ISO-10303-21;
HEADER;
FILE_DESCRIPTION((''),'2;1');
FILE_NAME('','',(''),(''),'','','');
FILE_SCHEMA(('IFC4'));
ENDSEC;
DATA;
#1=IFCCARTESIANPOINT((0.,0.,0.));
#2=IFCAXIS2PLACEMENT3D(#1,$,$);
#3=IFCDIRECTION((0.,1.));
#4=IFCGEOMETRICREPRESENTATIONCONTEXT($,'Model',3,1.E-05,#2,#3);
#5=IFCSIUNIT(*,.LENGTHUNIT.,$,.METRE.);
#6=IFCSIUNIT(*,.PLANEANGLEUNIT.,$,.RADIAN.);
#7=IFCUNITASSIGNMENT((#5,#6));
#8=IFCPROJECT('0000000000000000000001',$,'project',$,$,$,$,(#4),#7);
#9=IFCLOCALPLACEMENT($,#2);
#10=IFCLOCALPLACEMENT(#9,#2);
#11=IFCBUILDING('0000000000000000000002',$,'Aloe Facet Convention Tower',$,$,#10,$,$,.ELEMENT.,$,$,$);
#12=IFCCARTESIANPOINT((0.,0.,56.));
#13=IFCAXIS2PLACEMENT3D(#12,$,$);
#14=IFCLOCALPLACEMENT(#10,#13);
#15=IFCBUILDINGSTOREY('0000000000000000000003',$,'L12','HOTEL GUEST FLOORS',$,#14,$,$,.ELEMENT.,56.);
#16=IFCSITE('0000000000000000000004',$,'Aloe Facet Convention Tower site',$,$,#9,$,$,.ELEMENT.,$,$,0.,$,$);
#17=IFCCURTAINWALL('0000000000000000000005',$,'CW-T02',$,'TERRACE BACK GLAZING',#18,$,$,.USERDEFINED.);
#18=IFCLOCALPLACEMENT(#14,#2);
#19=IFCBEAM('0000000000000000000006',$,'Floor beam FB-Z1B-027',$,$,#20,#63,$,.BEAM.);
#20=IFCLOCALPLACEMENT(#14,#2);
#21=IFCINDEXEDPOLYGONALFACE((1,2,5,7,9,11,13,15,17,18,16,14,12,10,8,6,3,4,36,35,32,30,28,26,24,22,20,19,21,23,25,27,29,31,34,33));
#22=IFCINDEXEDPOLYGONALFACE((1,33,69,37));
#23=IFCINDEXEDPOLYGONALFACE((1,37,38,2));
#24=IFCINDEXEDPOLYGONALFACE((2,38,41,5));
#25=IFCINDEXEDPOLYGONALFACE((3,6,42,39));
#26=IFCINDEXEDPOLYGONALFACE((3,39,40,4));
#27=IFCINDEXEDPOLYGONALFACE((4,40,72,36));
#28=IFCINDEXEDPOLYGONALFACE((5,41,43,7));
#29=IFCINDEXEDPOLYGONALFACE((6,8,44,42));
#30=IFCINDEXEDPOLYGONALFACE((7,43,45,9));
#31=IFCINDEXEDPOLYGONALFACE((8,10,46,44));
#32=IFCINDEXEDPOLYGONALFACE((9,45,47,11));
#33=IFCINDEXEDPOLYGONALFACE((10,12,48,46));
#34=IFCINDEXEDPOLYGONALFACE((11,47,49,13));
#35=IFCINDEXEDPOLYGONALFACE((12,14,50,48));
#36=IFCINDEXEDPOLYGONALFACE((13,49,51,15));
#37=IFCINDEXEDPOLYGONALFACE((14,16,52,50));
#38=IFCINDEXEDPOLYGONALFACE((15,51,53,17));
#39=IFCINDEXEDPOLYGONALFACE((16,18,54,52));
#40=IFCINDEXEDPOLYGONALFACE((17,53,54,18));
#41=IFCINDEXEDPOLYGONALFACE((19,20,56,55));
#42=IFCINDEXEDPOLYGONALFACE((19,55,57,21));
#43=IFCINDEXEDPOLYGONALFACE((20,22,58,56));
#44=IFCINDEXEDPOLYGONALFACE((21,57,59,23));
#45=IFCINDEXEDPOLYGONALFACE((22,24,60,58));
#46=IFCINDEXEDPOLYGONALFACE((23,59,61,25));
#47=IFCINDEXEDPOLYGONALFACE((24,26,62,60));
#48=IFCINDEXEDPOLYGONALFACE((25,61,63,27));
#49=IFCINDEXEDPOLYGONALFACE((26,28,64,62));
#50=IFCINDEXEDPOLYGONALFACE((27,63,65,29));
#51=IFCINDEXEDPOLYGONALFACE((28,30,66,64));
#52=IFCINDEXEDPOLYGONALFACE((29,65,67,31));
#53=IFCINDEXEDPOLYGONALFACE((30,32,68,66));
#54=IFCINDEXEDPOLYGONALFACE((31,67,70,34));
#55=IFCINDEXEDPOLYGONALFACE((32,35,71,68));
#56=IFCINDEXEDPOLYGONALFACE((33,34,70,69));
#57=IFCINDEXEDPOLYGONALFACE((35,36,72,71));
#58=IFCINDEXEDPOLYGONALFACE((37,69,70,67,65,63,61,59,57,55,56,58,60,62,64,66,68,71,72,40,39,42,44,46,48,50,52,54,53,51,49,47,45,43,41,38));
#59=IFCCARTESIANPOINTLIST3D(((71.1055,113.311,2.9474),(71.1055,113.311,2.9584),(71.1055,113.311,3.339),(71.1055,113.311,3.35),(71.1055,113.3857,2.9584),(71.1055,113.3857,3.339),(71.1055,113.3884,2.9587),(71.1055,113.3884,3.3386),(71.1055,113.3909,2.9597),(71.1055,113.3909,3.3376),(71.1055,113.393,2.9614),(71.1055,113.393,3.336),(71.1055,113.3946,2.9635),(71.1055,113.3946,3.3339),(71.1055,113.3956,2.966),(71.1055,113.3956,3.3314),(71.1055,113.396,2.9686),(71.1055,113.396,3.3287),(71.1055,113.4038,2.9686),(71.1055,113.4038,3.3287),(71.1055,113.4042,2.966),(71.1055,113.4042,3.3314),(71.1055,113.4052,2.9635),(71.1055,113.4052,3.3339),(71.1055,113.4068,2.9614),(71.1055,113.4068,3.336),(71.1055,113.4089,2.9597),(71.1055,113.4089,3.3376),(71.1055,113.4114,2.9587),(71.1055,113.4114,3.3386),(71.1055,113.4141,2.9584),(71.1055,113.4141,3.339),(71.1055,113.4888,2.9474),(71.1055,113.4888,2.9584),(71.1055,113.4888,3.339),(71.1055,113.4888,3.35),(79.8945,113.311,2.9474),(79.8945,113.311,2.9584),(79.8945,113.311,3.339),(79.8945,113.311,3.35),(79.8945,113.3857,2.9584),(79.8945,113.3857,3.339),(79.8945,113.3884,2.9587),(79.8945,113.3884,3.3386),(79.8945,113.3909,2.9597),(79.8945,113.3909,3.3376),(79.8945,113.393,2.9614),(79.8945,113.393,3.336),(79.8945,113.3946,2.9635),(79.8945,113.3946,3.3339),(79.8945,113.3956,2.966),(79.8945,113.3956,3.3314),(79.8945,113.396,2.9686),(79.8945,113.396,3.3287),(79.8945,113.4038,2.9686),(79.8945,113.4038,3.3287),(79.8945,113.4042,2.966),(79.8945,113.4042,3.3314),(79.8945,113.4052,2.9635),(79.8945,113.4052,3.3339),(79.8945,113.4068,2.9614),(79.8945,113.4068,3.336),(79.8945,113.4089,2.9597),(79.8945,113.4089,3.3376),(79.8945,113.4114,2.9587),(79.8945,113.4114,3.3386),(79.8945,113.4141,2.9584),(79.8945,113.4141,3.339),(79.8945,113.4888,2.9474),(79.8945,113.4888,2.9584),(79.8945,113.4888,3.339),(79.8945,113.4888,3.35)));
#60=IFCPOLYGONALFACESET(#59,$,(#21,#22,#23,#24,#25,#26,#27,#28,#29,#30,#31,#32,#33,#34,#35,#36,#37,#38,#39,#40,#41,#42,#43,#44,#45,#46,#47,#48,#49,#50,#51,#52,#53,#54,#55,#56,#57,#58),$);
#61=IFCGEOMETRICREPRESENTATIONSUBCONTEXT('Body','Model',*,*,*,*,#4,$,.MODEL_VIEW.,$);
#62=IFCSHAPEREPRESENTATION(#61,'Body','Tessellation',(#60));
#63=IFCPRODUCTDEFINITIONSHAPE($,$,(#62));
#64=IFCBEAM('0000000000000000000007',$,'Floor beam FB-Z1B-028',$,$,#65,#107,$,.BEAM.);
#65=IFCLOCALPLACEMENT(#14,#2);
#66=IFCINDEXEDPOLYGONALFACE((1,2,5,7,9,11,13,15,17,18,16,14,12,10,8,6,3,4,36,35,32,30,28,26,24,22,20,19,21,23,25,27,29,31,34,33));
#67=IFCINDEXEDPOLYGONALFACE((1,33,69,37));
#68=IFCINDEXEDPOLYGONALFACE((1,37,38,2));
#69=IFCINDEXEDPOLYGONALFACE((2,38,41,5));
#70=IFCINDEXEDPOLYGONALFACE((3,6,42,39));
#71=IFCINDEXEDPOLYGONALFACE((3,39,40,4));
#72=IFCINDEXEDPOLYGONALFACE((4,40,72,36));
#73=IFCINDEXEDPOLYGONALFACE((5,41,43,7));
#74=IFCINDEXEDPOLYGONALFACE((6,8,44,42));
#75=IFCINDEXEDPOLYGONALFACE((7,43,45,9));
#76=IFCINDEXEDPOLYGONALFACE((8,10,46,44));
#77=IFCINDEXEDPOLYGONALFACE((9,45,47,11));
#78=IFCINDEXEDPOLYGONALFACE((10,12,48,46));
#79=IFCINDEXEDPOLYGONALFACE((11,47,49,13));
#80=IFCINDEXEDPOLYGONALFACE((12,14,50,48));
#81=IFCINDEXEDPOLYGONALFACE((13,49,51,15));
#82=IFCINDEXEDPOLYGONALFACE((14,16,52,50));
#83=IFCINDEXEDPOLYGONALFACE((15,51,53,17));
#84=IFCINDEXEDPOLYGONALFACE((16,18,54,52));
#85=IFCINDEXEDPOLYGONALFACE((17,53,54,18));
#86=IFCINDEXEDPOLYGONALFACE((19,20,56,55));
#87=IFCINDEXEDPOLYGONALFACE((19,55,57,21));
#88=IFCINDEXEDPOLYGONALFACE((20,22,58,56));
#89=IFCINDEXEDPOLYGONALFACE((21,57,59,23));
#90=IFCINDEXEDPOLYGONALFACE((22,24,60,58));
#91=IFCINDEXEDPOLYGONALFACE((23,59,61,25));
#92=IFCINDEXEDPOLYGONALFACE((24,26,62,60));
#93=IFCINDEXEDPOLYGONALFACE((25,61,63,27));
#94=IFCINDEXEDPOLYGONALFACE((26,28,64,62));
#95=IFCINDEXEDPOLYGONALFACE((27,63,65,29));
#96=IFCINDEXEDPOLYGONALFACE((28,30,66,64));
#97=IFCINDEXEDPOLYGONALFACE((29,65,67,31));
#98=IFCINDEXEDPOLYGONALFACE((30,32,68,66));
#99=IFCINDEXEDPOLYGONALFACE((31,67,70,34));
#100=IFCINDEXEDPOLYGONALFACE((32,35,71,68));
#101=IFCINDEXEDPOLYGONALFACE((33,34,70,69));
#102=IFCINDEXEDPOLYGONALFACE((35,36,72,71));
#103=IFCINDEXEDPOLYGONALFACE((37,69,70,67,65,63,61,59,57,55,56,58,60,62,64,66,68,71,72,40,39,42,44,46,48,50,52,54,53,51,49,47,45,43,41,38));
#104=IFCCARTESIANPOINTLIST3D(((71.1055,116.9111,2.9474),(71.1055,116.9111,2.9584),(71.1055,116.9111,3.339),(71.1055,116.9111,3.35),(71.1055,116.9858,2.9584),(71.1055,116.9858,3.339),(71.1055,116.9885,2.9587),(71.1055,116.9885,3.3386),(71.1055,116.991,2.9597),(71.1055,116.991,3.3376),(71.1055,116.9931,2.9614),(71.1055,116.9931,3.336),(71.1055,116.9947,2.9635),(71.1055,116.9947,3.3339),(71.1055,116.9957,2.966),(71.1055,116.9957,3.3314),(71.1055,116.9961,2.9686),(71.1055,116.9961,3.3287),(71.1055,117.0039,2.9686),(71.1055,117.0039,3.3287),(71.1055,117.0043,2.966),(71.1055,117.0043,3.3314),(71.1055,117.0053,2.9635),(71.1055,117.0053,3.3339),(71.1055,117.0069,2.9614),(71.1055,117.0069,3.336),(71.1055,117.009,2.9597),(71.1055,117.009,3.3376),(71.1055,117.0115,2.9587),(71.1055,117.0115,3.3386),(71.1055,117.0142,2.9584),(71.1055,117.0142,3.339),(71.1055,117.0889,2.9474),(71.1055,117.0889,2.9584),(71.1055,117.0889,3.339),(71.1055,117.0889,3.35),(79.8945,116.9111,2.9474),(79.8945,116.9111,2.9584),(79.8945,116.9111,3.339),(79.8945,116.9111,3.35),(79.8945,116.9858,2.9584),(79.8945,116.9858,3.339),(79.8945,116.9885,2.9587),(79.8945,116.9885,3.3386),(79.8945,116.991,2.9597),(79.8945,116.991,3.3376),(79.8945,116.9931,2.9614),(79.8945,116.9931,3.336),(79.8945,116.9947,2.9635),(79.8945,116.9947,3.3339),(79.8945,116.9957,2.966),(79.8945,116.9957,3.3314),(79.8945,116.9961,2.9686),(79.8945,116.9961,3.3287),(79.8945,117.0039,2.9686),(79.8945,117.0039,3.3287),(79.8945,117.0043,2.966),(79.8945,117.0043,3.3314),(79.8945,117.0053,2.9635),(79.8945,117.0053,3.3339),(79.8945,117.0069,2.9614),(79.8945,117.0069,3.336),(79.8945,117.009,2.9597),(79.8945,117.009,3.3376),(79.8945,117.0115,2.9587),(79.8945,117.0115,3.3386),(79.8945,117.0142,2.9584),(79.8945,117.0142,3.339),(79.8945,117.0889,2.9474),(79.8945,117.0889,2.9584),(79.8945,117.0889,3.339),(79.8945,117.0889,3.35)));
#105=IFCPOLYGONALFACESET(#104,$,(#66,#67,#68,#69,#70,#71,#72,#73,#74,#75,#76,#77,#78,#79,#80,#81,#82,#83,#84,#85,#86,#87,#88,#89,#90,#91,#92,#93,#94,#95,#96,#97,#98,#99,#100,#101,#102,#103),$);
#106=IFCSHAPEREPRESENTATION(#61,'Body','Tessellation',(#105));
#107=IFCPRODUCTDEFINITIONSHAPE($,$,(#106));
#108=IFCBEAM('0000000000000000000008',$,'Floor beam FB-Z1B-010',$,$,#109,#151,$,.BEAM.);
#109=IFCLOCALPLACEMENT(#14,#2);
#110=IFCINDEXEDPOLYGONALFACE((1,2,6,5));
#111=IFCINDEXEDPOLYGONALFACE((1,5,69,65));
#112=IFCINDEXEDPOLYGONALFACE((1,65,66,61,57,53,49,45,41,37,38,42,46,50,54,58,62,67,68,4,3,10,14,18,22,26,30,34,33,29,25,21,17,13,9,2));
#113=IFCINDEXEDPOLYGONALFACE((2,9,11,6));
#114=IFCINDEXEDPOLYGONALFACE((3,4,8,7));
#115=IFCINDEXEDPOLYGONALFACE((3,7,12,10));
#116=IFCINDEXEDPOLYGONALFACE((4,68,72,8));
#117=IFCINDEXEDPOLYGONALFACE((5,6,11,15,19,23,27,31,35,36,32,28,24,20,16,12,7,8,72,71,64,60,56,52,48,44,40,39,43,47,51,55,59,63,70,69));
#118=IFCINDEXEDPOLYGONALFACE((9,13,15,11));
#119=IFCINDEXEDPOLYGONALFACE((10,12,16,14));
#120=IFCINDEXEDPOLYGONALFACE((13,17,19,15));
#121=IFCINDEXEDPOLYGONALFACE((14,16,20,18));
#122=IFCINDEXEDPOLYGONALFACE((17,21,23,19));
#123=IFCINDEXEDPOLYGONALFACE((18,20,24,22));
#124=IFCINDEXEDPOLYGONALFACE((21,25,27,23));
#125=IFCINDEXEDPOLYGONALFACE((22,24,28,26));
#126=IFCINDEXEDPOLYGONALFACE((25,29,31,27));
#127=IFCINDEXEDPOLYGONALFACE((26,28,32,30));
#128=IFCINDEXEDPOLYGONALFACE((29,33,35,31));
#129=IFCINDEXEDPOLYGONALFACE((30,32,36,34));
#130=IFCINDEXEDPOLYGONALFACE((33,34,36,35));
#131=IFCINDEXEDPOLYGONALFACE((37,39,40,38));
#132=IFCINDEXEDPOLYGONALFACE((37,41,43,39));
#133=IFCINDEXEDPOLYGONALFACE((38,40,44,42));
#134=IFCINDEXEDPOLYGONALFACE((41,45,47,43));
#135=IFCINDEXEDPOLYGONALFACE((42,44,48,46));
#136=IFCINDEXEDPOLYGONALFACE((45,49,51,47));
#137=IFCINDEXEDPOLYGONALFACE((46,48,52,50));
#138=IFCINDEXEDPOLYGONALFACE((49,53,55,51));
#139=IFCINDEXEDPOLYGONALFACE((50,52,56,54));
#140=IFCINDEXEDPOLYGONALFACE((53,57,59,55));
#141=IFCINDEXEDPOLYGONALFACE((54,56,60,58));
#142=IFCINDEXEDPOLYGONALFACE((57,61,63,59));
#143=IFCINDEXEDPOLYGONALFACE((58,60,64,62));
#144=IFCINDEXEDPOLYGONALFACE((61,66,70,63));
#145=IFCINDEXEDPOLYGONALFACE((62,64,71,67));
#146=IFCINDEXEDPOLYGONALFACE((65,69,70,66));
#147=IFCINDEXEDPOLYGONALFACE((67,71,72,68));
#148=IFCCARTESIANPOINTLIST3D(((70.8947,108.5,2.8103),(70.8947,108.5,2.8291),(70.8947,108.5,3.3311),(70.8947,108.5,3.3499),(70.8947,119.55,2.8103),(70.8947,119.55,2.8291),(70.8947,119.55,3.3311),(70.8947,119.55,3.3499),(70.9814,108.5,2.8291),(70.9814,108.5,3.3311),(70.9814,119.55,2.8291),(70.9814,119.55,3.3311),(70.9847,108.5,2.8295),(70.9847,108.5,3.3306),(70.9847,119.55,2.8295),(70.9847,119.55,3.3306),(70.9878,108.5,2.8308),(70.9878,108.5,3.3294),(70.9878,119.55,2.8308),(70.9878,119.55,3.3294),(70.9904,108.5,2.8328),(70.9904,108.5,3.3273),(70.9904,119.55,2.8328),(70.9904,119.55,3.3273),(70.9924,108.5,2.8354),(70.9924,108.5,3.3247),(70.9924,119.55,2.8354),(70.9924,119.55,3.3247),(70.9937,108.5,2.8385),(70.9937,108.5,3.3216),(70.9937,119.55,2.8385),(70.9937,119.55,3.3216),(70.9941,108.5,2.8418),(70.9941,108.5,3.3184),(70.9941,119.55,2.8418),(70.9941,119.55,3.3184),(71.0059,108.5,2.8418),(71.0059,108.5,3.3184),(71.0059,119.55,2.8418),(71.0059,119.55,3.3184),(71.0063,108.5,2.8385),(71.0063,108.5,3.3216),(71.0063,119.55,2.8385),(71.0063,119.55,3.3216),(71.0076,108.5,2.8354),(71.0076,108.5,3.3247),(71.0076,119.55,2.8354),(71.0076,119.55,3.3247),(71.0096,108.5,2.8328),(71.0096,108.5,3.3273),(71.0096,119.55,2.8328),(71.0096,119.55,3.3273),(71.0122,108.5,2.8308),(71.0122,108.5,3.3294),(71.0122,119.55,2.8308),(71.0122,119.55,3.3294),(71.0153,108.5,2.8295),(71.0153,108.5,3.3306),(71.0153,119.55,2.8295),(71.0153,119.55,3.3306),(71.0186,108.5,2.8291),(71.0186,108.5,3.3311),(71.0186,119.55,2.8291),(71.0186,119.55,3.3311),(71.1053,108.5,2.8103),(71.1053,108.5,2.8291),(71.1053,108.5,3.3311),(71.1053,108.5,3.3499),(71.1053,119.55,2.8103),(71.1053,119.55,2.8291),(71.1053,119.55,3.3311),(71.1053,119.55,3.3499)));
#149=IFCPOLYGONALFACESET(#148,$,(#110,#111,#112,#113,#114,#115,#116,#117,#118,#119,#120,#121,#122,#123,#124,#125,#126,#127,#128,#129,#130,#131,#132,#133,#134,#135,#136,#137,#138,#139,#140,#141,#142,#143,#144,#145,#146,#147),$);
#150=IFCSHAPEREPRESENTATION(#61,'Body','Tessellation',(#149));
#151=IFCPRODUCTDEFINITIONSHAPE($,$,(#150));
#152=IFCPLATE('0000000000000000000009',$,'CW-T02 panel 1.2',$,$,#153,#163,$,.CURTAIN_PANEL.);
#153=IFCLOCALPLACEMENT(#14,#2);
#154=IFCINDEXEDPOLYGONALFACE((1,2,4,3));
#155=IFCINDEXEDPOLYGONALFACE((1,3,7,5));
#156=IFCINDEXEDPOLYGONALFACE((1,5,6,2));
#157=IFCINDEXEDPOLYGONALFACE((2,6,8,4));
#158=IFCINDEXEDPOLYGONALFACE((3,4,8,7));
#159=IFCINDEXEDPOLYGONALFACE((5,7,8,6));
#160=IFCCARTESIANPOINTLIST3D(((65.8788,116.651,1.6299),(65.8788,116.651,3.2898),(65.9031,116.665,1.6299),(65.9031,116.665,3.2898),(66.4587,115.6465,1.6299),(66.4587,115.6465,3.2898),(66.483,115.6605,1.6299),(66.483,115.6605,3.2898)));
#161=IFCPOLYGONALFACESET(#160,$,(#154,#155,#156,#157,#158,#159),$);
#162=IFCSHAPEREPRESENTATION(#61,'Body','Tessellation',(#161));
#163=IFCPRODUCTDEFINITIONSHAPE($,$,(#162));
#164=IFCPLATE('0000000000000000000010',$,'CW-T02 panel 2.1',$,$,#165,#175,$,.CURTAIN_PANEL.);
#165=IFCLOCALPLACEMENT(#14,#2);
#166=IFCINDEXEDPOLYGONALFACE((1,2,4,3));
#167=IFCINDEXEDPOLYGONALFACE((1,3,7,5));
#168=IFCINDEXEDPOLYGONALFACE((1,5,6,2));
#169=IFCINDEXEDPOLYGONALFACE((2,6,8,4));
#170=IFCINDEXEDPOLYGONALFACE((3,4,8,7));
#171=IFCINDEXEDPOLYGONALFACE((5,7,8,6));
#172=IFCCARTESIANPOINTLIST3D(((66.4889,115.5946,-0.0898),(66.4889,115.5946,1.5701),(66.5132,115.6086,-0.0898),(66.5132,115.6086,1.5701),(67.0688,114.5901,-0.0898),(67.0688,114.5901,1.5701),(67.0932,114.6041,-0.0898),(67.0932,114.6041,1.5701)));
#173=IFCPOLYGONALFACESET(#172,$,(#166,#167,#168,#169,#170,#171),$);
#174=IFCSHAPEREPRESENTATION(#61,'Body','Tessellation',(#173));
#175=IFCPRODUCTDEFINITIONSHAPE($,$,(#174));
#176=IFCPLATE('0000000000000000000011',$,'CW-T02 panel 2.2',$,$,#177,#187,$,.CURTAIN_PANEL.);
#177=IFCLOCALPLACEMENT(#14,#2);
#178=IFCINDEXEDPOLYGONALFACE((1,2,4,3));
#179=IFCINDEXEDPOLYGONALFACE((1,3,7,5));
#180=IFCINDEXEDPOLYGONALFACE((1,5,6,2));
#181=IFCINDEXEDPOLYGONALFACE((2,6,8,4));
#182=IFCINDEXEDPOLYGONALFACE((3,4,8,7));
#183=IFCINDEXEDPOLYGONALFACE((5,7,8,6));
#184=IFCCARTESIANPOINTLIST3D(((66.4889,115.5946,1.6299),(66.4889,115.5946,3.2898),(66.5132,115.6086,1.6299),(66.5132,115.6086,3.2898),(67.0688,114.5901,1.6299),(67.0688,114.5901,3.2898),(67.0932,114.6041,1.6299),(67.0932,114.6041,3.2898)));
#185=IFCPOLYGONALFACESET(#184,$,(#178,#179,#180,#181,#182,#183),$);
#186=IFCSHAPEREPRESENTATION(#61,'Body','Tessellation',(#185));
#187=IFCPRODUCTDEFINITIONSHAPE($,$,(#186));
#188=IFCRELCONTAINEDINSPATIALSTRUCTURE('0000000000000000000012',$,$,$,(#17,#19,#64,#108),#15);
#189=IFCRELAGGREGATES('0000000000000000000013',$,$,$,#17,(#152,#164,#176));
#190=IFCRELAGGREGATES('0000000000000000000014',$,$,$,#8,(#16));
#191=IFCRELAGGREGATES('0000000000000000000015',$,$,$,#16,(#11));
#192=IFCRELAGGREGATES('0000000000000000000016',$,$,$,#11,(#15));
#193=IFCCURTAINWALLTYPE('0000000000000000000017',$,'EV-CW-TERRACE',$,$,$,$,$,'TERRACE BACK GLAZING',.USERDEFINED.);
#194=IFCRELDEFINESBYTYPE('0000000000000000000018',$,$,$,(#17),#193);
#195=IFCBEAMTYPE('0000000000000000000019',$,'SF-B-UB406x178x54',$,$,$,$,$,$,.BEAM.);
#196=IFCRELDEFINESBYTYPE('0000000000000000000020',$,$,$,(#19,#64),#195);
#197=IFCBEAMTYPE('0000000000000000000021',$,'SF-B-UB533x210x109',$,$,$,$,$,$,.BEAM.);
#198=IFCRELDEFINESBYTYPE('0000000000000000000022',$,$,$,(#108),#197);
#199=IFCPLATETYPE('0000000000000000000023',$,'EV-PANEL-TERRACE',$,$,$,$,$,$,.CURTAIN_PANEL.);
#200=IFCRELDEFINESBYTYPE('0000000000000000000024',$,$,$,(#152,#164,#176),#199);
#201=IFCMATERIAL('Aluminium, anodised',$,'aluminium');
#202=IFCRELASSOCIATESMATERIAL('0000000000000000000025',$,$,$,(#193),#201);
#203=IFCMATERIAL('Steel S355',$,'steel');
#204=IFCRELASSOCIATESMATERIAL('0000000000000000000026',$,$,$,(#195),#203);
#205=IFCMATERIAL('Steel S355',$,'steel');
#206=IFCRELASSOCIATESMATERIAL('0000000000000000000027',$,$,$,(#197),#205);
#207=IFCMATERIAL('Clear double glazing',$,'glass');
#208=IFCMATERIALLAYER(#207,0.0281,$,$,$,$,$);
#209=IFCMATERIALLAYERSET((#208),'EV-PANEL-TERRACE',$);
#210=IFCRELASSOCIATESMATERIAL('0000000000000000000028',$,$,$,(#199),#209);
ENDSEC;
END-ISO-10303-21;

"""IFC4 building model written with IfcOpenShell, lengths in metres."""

from ifc_helpers import new_model, si_unit, direction, frame, origin, origin_2d, place, context, subcontext, project, spatial, rectangle, i_section, extrude, material, layer, layer_set, material_profile, profile_set, type_object, element, aggregate, save


model = new_model("IFC4")

# Units and contexts
model_context = context("Model", 3, precision=1e-05, world=origin(), true_north=direction((0.0, 1.0)))
body_context = subcontext(model_context, "Body", "Model", "MODEL_VIEW")
ifc_project = project(units=[si_unit("LENGTHUNIT", "METRE"), si_unit("PLANEANGLEUNIT", "RADIAN")], contexts=[model_context])

# Site, building, storey
site_placement = place(None, origin())
site = spatial("IfcSite", under=ifc_project, at=site_placement, Name="Aloe Facet Convention Tower site", CompositionType="ELEMENT", RefElevation=0.0)
building_placement = place(site_placement, origin())
building = spatial("IfcBuilding", under=site, at=building_placement, Name="Aloe Facet Convention Tower", CompositionType="ELEMENT")
storey_placement = place(building_placement, frame((0.0, 0.0, 56.0)))
storey = spatial("IfcBuildingStorey", under=building, at=storey_placement, Name="L12", Description="HOTEL GUEST FLOORS", CompositionType="ELEMENT", Elevation=56.0)

# Curtain wall
ifc_material_1 = material(Name="Aluminium, anodised", Category="aluminium")
curtain_wall_type = type_object("IfcCurtainWallType", Name="EV-CW-TERRACE", ElementType="TERRACE BACK GLAZING", PredefinedType="USERDEFINED", material=ifc_material_1)
curtain_wall_placement = place(storey_placement, origin())
curtain_wall = element("IfcCurtainWall", 1, at=curtain_wall_placement, inside=storey, type_object=curtain_wall_type, Name="CW-T02", ObjectType="TERRACE BACK GLAZING", PredefinedType="USERDEFINED")

# Beams
ifc_material_2 = material(Name="Steel S355", Category="steel")
ifc_material_profile_1 = material_profile(ifc_material_2, i_section(OverallWidth=0.1777, OverallDepth=0.4026, WebThickness=0.0078, FlangeThickness=0.011, FilletRadius=0.0103, at=origin_2d()), Name="UB 406x178x54")
ifc_profile_set_1 = profile_set([ifc_material_profile_1], Name="Steel S355")
beam_type_1 = type_object("IfcBeamType", Name="SF-B-UB406x178x54", PredefinedType="BEAM", material=ifc_profile_set_1)
for number, where, z_axis, x_axis, name in (
    (2, (71.1055, 113.3999, 3.1487), (1.0, 0.0, 0.0), (0.0, 1.0, 0.0), "Floor beam FB-Z1B-027"),
    (3, (71.1055, 117.0, 3.1487), (1.0, 0.0, 0.0), (0.0, 1.0, 0.0), "Floor beam FB-Z1B-028"),
):
    element("IfcBeam", number, at=place(storey_placement, frame(where, z_axis=z_axis, x_axis=x_axis)), inside=storey, type_object=beam_type_1, Name=name, PredefinedType="BEAM", context=body_context, shape_type="SweptSolid", body=[
        extrude(i_section(OverallWidth=0.1777, OverallDepth=0.4026, WebThickness=0.0078, FlangeThickness=0.011, FilletRadius=0.0103, at=origin_2d()), origin(), (0.0, 0.0, 1.0), 8.7891),
    ])
ifc_material_3 = material(Name="Steel S355", Category="steel")
ifc_material_profile_2 = material_profile(ifc_material_3, i_section(OverallWidth=0.2107, OverallDepth=0.5396, WebThickness=0.0117, FlangeThickness=0.0188, FilletRadius=0.0127, at=origin_2d()), Name="UB 533x210x109")
ifc_profile_set_2 = profile_set([ifc_material_profile_2], Name="Steel S355")
beam_type_2 = type_object("IfcBeamType", Name="SF-B-UB533x210x109", PredefinedType="BEAM", material=ifc_profile_set_2)
beam_1_placement = place(storey_placement, frame((71.0, 119.55, 3.0801), z_axis=(0.0, -1.0, 0.0), x_axis=(1.0, 0.0, 0.0)))
element("IfcBeam", 4, at=beam_1_placement, inside=storey, type_object=beam_type_2, Name="Floor beam FB-Z1B-010", PredefinedType="BEAM", context=body_context, shape_type="SweptSolid", body=[
    extrude(i_section(OverallWidth=0.2107, OverallDepth=0.5396, WebThickness=0.0117, FlangeThickness=0.0188, FilletRadius=0.0127, at=origin_2d()), origin(), (0.0, 0.0, 1.0), 11.05),
])

# Plates
ifc_material_4 = material(Name="Clear double glazing", Category="glass")
ifc_layer_1 = layer(ifc_material_4, 0.0281)
ifc_layer_set_1 = layer_set([ifc_layer_1], Name="EV-PANEL-TERRACE")
plate_type = type_object("IfcPlateType", Name="EV-PANEL-TERRACE", PredefinedType="CURTAIN_PANEL", material=ifc_layer_set_1)
plate_1_placement = place(storey_placement, frame((66.1809, 116.1558, 1.6299), z_axis=(0.0, 0.0, 1.0), x_axis=(0.5, -0.866025, 0.0)))
plate_1 = element("IfcPlate", 5, at=plate_1_placement, type_object=plate_type, Name="CW-T02 panel 1.2", PredefinedType="CURTAIN_PANEL", context=body_context, shape_type="SweptSolid", body=[
    extrude(rectangle(XDim=1.1599, YDim=0.0281, at=origin_2d()), origin(), (0.0, 0.0, 1.0), 1.6599),
])
plate_2_placement = place(storey_placement, frame((66.791, 115.0994, -0.0898), z_axis=(0.0, 0.0, 1.0), x_axis=(0.5, -0.866025, 0.0)))
plate_2 = element("IfcPlate", 6, at=plate_2_placement, type_object=plate_type, Name="CW-T02 panel 2.1", PredefinedType="CURTAIN_PANEL", context=body_context, shape_type="SweptSolid", body=[
    extrude(rectangle(XDim=1.1599, YDim=0.0281, at=origin_2d()), origin(), (0.0, 0.0, 1.0), 1.6599),
])
plate_3_placement = place(storey_placement, frame((66.791, 115.0994, 1.6299), z_axis=(0.0, 0.0, 1.0), x_axis=(0.5, -0.866025, 0.0)))
plate_3 = element("IfcPlate", 7, at=plate_3_placement, type_object=plate_type, Name="CW-T02 panel 2.2", PredefinedType="CURTAIN_PANEL", context=body_context, shape_type="SweptSolid", body=[
    extrude(rectangle(XDim=1.1599, YDim=0.0281, at=origin_2d()), origin(), (0.0, 0.0, 1.0), 1.6599),
])
aggregate(curtain_wall, [plate_1, plate_2, plate_3])

save(model, "model.ifc")
